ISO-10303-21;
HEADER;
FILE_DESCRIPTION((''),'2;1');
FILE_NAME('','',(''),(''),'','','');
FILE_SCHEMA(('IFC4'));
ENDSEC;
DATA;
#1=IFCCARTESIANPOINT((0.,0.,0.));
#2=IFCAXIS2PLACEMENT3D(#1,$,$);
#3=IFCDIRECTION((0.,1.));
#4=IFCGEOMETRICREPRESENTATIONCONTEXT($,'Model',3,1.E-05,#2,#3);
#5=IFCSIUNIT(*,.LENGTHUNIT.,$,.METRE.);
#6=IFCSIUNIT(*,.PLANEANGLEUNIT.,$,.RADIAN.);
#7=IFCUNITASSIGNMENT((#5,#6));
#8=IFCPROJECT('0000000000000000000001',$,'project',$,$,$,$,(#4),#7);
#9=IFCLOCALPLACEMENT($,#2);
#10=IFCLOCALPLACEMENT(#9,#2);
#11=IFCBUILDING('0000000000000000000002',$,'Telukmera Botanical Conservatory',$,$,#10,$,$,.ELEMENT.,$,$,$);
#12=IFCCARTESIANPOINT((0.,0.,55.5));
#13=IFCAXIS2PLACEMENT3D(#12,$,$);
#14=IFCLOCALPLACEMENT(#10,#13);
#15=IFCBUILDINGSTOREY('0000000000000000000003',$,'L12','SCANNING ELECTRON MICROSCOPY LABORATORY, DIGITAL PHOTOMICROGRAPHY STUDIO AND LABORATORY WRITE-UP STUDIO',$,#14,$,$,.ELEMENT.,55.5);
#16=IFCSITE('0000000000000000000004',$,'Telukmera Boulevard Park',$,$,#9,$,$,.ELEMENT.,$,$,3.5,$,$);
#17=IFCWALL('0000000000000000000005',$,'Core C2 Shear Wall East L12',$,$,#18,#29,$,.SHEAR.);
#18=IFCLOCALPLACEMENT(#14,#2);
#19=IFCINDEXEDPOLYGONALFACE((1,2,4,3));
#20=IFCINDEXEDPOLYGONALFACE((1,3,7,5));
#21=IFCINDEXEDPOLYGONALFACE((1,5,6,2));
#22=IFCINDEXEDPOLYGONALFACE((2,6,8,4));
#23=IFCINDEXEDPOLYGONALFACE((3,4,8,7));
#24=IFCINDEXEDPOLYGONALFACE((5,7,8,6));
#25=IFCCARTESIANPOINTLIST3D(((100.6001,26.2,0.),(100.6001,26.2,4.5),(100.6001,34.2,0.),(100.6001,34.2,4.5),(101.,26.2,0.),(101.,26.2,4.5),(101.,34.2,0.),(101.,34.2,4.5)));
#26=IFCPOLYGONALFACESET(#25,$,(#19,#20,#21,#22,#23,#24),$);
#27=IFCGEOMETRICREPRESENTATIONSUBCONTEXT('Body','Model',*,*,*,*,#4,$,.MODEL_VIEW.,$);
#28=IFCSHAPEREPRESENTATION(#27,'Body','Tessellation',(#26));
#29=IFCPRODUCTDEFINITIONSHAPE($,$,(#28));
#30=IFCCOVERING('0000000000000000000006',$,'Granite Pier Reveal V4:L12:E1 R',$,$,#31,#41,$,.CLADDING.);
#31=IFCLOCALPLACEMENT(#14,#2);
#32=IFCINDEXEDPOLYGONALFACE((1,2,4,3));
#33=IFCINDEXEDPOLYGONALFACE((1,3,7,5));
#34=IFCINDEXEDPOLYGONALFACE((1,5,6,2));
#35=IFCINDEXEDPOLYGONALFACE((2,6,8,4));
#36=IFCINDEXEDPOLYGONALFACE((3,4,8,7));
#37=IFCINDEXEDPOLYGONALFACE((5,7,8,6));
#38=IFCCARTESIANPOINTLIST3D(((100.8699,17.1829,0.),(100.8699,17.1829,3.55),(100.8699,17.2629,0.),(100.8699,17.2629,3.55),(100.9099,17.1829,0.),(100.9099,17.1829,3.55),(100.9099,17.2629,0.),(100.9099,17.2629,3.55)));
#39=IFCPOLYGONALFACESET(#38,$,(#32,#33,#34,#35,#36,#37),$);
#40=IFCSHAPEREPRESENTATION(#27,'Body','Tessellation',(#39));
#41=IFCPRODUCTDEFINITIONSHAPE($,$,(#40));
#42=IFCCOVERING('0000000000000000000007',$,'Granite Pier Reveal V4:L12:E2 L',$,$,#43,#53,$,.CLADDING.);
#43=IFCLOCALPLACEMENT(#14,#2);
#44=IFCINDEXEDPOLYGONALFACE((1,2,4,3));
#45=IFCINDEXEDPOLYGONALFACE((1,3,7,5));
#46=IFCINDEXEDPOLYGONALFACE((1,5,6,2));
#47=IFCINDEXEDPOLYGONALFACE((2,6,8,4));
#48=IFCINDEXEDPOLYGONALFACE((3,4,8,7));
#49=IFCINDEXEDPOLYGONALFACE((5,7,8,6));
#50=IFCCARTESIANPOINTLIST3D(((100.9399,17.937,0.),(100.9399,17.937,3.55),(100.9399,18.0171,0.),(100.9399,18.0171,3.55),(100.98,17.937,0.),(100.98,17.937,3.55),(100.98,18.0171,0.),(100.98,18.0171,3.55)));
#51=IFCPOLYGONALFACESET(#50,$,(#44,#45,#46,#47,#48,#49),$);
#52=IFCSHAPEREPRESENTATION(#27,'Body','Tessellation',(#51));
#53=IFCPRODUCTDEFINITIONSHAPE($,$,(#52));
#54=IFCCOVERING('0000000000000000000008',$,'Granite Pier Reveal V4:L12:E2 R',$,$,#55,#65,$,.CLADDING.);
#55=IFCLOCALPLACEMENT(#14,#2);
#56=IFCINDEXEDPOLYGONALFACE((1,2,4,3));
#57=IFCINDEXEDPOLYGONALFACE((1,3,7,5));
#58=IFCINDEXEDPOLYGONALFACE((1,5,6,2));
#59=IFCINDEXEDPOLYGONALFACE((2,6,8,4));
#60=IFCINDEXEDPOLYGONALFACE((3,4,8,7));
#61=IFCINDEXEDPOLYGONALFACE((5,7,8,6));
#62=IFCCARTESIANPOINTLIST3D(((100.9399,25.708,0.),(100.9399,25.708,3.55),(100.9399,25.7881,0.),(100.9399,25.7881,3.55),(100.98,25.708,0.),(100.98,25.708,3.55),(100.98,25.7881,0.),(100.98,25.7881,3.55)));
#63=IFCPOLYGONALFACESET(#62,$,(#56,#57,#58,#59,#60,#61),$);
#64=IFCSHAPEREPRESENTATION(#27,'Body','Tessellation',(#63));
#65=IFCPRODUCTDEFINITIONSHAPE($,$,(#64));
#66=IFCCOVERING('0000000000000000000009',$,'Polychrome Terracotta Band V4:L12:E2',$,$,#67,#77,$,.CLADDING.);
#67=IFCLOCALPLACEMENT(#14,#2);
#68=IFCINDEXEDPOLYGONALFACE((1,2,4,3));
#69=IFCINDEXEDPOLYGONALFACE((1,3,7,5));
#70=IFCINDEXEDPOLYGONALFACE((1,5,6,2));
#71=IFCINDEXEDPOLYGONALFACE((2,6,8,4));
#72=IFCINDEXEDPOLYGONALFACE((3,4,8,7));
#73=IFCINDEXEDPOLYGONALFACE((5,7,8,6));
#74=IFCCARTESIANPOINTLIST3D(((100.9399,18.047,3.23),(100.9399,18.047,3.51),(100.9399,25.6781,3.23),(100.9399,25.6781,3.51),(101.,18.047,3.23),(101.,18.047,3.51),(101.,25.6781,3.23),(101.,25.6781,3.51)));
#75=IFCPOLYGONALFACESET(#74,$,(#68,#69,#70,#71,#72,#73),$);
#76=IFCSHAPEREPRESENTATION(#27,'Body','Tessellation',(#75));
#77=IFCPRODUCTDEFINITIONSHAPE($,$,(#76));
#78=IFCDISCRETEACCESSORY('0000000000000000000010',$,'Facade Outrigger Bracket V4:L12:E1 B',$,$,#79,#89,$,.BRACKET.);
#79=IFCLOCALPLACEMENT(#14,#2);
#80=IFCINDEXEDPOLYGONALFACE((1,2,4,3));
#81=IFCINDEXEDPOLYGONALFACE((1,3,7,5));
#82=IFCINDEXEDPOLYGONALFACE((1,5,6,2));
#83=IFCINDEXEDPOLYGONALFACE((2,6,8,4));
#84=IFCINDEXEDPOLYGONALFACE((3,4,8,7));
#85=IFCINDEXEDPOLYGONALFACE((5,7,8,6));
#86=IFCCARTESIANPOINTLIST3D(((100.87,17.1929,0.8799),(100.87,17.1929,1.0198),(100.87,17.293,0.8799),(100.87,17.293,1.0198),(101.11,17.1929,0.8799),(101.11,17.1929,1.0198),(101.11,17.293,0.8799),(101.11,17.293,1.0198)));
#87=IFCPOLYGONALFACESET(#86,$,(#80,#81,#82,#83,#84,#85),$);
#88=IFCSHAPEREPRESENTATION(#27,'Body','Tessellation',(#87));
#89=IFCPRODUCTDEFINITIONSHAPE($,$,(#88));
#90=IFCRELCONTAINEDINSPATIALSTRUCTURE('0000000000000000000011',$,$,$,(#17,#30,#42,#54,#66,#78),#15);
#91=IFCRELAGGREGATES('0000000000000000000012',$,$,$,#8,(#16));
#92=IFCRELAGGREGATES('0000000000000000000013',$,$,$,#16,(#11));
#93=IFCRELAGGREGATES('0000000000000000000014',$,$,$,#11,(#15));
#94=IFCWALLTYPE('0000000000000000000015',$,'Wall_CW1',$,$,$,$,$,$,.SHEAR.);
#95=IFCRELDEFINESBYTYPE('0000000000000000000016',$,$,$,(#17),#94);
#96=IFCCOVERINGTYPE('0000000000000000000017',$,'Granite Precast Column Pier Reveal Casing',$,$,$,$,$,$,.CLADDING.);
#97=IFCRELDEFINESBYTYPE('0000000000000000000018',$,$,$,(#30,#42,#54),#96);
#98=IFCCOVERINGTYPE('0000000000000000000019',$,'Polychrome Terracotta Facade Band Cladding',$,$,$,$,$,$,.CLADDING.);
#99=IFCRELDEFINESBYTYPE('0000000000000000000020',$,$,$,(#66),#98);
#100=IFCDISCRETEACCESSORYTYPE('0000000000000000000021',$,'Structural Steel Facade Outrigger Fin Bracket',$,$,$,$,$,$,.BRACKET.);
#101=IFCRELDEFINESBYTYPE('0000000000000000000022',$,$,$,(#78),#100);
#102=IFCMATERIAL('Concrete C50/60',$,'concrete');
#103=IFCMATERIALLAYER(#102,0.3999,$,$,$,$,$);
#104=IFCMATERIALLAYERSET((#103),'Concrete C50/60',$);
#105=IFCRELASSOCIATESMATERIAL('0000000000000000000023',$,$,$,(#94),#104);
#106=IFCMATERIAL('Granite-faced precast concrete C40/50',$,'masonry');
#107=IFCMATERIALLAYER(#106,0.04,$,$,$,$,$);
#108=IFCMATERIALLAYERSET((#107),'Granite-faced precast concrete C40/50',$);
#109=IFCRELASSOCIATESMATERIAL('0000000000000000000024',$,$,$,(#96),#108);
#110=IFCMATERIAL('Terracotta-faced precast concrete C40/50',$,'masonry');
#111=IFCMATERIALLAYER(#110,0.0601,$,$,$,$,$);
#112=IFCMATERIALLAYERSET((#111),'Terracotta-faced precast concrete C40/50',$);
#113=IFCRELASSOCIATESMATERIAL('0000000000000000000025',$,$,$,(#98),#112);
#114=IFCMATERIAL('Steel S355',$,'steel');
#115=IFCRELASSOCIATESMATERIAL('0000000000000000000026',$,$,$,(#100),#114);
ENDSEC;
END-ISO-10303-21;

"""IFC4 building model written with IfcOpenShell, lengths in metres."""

from ifc_helpers import new_model, si_unit, direction, frame, frame_2d, origin, origin_2d, place, context, subcontext, project, spatial, rectangle, extrude, material, layer, layer_set, type_object, element, save


model = new_model("IFC4")

# Units and contexts
model_context = context("Model", 3, precision=1e-05, world=origin(), true_north=direction((0.0, 1.0)))
body_context = subcontext(model_context, "Body", "Model", "MODEL_VIEW")
ifc_project = project(units=[si_unit("LENGTHUNIT", "METRE"), si_unit("PLANEANGLEUNIT", "RADIAN")], contexts=[model_context])

# Site, building, storey
site_placement = place(None, origin())
site = spatial("IfcSite", under=ifc_project, at=site_placement, Name="Telukmera Boulevard Park", CompositionType="ELEMENT", RefElevation=3.5)
building_placement = place(site_placement, origin())
building = spatial("IfcBuilding", under=site, at=building_placement, Name="Telukmera Botanical Conservatory", CompositionType="ELEMENT")
storey_placement = place(building_placement, frame((0.0, 0.0, 55.5)))
storey = spatial("IfcBuildingStorey", under=building, at=storey_placement, Name="L12", Description="SCANNING ELECTRON MICROSCOPY LABORATORY, DIGITAL PHOTOMICROGRAPHY STUDIO AND LABORATORY WRITE-UP STUDIO", CompositionType="ELEMENT", Elevation=55.5)

# Shared definitions
ifc_material_1 = material(Name="Concrete C50/60", Category="concrete")

# Wall
ifc_layer_1 = layer(ifc_material_1, 0.3999)
ifc_layer_set_1 = layer_set([ifc_layer_1], Name="Concrete C50/60")
wall_type_1 = type_object("IfcWallType", Name="Wall_CW1", PredefinedType="SHEAR", material=ifc_layer_set_1)
for number, where, z_axis, x_axis, name in (
    (1, (100.8, 26.2, 0.0), (0.0, 0.0, 1.0), (0.0, 1.0, 0.0), "Core C2 Shear Wall East L12"),
):
    element("IfcWall", number, at=place(storey_placement, frame(where, z_axis=z_axis, x_axis=x_axis)), inside=storey, type_object=wall_type_1, Name=name, PredefinedType="SHEAR", context=body_context, shape_type="SweptSolid", body=[
        extrude(rectangle(XDim=8.0, YDim=0.3999, at=frame_2d((4.0, 0.0))), origin(), (0.0, 0.0, 1.0), 4.5),
    ])

# Coverings
ifc_material_2 = material(Name="Granite-faced precast concrete C40/50", Category="masonry")
ifc_layer_2 = layer(ifc_material_2, 0.04)
ifc_layer_set_2 = layer_set([ifc_layer_2], Name="Granite-faced precast concrete C40/50")
covering_type_1 = type_object("IfcCoveringType", Name="Granite Precast Column Pier Reveal Casing", PredefinedType="CLADDING", material=ifc_layer_set_2)
for number, where, z_axis, x_axis, name in (
    (2, (100.8899, 17.2229, 0.0), (0.0, 0.0, 1.0), (0.0, 1.0, 0.0), "Granite Pier Reveal V4:L12:E1 R"),
    (3, (100.96, 17.9771, 0.0), (0.0, 0.0, 1.0), (0.0, 1.0, 0.0), "Granite Pier Reveal V4:L12:E2 L"),
    (4, (100.96, 25.748, 0.0), (0.0, 0.0, 1.0), (0.0, 1.0, 0.0), "Granite Pier Reveal V4:L12:E2 R"),
):
    element("IfcCovering", number, at=place(storey_placement, frame(where, z_axis=z_axis, x_axis=x_axis)), inside=storey, type_object=covering_type_1, Name=name, PredefinedType="CLADDING", context=body_context, shape_type="SweptSolid", body=[
        extrude(rectangle(XDim=0.0801, YDim=0.04, at=origin_2d()), origin(), (0.0, 0.0, 1.0), 3.55),
    ])
ifc_material_3 = material(Name="Terracotta-faced precast concrete C40/50", Category="masonry")
ifc_layer_3 = layer(ifc_material_3, 0.0601)
ifc_layer_set_3 = layer_set([ifc_layer_3], Name="Terracotta-faced precast concrete C40/50")
covering_type_2 = type_object("IfcCoveringType", Name="Polychrome Terracotta Facade Band Cladding", PredefinedType="CLADDING", material=ifc_layer_set_3)
covering_placement = place(storey_placement, frame((100.97, 21.8625, 3.23), z_axis=(0.0, 0.0, 1.0), x_axis=(0.0, 1.0, 0.0)))
element("IfcCovering", 5, at=covering_placement, inside=storey, type_object=covering_type_2, Name="Polychrome Terracotta Band V4:L12:E2", PredefinedType="CLADDING", context=body_context, shape_type="SweptSolid", body=[
    extrude(rectangle(XDim=7.6311, YDim=0.0601, at=origin_2d()), origin(), (0.0, 0.0, 1.0), 0.28),
])

# Discrete accessory
ifc_material_4 = material(Name="Steel S355", Category="steel")
discrete_accessory_type = type_object("IfcDiscreteAccessoryType", Name="Structural Steel Facade Outrigger Fin Bracket", PredefinedType="BRACKET", material=ifc_material_4)
discrete_accessory_placement = place(storey_placement, frame((100.99, 17.2429, 0.8799), z_axis=(0.0, 0.0, 1.0), x_axis=(0.0, 1.0, 0.0)))
element("IfcDiscreteAccessory", 6, at=discrete_accessory_placement, inside=storey, type_object=discrete_accessory_type, Name="Facade Outrigger Bracket V4:L12:E1 B", PredefinedType="BRACKET", context=body_context, shape_type="SweptSolid", body=[
    extrude(rectangle(XDim=0.1001, YDim=0.24, at=origin_2d()), origin(), (0.0, 0.0, 1.0), 0.1399),
])

save(model, "model.ifc")
